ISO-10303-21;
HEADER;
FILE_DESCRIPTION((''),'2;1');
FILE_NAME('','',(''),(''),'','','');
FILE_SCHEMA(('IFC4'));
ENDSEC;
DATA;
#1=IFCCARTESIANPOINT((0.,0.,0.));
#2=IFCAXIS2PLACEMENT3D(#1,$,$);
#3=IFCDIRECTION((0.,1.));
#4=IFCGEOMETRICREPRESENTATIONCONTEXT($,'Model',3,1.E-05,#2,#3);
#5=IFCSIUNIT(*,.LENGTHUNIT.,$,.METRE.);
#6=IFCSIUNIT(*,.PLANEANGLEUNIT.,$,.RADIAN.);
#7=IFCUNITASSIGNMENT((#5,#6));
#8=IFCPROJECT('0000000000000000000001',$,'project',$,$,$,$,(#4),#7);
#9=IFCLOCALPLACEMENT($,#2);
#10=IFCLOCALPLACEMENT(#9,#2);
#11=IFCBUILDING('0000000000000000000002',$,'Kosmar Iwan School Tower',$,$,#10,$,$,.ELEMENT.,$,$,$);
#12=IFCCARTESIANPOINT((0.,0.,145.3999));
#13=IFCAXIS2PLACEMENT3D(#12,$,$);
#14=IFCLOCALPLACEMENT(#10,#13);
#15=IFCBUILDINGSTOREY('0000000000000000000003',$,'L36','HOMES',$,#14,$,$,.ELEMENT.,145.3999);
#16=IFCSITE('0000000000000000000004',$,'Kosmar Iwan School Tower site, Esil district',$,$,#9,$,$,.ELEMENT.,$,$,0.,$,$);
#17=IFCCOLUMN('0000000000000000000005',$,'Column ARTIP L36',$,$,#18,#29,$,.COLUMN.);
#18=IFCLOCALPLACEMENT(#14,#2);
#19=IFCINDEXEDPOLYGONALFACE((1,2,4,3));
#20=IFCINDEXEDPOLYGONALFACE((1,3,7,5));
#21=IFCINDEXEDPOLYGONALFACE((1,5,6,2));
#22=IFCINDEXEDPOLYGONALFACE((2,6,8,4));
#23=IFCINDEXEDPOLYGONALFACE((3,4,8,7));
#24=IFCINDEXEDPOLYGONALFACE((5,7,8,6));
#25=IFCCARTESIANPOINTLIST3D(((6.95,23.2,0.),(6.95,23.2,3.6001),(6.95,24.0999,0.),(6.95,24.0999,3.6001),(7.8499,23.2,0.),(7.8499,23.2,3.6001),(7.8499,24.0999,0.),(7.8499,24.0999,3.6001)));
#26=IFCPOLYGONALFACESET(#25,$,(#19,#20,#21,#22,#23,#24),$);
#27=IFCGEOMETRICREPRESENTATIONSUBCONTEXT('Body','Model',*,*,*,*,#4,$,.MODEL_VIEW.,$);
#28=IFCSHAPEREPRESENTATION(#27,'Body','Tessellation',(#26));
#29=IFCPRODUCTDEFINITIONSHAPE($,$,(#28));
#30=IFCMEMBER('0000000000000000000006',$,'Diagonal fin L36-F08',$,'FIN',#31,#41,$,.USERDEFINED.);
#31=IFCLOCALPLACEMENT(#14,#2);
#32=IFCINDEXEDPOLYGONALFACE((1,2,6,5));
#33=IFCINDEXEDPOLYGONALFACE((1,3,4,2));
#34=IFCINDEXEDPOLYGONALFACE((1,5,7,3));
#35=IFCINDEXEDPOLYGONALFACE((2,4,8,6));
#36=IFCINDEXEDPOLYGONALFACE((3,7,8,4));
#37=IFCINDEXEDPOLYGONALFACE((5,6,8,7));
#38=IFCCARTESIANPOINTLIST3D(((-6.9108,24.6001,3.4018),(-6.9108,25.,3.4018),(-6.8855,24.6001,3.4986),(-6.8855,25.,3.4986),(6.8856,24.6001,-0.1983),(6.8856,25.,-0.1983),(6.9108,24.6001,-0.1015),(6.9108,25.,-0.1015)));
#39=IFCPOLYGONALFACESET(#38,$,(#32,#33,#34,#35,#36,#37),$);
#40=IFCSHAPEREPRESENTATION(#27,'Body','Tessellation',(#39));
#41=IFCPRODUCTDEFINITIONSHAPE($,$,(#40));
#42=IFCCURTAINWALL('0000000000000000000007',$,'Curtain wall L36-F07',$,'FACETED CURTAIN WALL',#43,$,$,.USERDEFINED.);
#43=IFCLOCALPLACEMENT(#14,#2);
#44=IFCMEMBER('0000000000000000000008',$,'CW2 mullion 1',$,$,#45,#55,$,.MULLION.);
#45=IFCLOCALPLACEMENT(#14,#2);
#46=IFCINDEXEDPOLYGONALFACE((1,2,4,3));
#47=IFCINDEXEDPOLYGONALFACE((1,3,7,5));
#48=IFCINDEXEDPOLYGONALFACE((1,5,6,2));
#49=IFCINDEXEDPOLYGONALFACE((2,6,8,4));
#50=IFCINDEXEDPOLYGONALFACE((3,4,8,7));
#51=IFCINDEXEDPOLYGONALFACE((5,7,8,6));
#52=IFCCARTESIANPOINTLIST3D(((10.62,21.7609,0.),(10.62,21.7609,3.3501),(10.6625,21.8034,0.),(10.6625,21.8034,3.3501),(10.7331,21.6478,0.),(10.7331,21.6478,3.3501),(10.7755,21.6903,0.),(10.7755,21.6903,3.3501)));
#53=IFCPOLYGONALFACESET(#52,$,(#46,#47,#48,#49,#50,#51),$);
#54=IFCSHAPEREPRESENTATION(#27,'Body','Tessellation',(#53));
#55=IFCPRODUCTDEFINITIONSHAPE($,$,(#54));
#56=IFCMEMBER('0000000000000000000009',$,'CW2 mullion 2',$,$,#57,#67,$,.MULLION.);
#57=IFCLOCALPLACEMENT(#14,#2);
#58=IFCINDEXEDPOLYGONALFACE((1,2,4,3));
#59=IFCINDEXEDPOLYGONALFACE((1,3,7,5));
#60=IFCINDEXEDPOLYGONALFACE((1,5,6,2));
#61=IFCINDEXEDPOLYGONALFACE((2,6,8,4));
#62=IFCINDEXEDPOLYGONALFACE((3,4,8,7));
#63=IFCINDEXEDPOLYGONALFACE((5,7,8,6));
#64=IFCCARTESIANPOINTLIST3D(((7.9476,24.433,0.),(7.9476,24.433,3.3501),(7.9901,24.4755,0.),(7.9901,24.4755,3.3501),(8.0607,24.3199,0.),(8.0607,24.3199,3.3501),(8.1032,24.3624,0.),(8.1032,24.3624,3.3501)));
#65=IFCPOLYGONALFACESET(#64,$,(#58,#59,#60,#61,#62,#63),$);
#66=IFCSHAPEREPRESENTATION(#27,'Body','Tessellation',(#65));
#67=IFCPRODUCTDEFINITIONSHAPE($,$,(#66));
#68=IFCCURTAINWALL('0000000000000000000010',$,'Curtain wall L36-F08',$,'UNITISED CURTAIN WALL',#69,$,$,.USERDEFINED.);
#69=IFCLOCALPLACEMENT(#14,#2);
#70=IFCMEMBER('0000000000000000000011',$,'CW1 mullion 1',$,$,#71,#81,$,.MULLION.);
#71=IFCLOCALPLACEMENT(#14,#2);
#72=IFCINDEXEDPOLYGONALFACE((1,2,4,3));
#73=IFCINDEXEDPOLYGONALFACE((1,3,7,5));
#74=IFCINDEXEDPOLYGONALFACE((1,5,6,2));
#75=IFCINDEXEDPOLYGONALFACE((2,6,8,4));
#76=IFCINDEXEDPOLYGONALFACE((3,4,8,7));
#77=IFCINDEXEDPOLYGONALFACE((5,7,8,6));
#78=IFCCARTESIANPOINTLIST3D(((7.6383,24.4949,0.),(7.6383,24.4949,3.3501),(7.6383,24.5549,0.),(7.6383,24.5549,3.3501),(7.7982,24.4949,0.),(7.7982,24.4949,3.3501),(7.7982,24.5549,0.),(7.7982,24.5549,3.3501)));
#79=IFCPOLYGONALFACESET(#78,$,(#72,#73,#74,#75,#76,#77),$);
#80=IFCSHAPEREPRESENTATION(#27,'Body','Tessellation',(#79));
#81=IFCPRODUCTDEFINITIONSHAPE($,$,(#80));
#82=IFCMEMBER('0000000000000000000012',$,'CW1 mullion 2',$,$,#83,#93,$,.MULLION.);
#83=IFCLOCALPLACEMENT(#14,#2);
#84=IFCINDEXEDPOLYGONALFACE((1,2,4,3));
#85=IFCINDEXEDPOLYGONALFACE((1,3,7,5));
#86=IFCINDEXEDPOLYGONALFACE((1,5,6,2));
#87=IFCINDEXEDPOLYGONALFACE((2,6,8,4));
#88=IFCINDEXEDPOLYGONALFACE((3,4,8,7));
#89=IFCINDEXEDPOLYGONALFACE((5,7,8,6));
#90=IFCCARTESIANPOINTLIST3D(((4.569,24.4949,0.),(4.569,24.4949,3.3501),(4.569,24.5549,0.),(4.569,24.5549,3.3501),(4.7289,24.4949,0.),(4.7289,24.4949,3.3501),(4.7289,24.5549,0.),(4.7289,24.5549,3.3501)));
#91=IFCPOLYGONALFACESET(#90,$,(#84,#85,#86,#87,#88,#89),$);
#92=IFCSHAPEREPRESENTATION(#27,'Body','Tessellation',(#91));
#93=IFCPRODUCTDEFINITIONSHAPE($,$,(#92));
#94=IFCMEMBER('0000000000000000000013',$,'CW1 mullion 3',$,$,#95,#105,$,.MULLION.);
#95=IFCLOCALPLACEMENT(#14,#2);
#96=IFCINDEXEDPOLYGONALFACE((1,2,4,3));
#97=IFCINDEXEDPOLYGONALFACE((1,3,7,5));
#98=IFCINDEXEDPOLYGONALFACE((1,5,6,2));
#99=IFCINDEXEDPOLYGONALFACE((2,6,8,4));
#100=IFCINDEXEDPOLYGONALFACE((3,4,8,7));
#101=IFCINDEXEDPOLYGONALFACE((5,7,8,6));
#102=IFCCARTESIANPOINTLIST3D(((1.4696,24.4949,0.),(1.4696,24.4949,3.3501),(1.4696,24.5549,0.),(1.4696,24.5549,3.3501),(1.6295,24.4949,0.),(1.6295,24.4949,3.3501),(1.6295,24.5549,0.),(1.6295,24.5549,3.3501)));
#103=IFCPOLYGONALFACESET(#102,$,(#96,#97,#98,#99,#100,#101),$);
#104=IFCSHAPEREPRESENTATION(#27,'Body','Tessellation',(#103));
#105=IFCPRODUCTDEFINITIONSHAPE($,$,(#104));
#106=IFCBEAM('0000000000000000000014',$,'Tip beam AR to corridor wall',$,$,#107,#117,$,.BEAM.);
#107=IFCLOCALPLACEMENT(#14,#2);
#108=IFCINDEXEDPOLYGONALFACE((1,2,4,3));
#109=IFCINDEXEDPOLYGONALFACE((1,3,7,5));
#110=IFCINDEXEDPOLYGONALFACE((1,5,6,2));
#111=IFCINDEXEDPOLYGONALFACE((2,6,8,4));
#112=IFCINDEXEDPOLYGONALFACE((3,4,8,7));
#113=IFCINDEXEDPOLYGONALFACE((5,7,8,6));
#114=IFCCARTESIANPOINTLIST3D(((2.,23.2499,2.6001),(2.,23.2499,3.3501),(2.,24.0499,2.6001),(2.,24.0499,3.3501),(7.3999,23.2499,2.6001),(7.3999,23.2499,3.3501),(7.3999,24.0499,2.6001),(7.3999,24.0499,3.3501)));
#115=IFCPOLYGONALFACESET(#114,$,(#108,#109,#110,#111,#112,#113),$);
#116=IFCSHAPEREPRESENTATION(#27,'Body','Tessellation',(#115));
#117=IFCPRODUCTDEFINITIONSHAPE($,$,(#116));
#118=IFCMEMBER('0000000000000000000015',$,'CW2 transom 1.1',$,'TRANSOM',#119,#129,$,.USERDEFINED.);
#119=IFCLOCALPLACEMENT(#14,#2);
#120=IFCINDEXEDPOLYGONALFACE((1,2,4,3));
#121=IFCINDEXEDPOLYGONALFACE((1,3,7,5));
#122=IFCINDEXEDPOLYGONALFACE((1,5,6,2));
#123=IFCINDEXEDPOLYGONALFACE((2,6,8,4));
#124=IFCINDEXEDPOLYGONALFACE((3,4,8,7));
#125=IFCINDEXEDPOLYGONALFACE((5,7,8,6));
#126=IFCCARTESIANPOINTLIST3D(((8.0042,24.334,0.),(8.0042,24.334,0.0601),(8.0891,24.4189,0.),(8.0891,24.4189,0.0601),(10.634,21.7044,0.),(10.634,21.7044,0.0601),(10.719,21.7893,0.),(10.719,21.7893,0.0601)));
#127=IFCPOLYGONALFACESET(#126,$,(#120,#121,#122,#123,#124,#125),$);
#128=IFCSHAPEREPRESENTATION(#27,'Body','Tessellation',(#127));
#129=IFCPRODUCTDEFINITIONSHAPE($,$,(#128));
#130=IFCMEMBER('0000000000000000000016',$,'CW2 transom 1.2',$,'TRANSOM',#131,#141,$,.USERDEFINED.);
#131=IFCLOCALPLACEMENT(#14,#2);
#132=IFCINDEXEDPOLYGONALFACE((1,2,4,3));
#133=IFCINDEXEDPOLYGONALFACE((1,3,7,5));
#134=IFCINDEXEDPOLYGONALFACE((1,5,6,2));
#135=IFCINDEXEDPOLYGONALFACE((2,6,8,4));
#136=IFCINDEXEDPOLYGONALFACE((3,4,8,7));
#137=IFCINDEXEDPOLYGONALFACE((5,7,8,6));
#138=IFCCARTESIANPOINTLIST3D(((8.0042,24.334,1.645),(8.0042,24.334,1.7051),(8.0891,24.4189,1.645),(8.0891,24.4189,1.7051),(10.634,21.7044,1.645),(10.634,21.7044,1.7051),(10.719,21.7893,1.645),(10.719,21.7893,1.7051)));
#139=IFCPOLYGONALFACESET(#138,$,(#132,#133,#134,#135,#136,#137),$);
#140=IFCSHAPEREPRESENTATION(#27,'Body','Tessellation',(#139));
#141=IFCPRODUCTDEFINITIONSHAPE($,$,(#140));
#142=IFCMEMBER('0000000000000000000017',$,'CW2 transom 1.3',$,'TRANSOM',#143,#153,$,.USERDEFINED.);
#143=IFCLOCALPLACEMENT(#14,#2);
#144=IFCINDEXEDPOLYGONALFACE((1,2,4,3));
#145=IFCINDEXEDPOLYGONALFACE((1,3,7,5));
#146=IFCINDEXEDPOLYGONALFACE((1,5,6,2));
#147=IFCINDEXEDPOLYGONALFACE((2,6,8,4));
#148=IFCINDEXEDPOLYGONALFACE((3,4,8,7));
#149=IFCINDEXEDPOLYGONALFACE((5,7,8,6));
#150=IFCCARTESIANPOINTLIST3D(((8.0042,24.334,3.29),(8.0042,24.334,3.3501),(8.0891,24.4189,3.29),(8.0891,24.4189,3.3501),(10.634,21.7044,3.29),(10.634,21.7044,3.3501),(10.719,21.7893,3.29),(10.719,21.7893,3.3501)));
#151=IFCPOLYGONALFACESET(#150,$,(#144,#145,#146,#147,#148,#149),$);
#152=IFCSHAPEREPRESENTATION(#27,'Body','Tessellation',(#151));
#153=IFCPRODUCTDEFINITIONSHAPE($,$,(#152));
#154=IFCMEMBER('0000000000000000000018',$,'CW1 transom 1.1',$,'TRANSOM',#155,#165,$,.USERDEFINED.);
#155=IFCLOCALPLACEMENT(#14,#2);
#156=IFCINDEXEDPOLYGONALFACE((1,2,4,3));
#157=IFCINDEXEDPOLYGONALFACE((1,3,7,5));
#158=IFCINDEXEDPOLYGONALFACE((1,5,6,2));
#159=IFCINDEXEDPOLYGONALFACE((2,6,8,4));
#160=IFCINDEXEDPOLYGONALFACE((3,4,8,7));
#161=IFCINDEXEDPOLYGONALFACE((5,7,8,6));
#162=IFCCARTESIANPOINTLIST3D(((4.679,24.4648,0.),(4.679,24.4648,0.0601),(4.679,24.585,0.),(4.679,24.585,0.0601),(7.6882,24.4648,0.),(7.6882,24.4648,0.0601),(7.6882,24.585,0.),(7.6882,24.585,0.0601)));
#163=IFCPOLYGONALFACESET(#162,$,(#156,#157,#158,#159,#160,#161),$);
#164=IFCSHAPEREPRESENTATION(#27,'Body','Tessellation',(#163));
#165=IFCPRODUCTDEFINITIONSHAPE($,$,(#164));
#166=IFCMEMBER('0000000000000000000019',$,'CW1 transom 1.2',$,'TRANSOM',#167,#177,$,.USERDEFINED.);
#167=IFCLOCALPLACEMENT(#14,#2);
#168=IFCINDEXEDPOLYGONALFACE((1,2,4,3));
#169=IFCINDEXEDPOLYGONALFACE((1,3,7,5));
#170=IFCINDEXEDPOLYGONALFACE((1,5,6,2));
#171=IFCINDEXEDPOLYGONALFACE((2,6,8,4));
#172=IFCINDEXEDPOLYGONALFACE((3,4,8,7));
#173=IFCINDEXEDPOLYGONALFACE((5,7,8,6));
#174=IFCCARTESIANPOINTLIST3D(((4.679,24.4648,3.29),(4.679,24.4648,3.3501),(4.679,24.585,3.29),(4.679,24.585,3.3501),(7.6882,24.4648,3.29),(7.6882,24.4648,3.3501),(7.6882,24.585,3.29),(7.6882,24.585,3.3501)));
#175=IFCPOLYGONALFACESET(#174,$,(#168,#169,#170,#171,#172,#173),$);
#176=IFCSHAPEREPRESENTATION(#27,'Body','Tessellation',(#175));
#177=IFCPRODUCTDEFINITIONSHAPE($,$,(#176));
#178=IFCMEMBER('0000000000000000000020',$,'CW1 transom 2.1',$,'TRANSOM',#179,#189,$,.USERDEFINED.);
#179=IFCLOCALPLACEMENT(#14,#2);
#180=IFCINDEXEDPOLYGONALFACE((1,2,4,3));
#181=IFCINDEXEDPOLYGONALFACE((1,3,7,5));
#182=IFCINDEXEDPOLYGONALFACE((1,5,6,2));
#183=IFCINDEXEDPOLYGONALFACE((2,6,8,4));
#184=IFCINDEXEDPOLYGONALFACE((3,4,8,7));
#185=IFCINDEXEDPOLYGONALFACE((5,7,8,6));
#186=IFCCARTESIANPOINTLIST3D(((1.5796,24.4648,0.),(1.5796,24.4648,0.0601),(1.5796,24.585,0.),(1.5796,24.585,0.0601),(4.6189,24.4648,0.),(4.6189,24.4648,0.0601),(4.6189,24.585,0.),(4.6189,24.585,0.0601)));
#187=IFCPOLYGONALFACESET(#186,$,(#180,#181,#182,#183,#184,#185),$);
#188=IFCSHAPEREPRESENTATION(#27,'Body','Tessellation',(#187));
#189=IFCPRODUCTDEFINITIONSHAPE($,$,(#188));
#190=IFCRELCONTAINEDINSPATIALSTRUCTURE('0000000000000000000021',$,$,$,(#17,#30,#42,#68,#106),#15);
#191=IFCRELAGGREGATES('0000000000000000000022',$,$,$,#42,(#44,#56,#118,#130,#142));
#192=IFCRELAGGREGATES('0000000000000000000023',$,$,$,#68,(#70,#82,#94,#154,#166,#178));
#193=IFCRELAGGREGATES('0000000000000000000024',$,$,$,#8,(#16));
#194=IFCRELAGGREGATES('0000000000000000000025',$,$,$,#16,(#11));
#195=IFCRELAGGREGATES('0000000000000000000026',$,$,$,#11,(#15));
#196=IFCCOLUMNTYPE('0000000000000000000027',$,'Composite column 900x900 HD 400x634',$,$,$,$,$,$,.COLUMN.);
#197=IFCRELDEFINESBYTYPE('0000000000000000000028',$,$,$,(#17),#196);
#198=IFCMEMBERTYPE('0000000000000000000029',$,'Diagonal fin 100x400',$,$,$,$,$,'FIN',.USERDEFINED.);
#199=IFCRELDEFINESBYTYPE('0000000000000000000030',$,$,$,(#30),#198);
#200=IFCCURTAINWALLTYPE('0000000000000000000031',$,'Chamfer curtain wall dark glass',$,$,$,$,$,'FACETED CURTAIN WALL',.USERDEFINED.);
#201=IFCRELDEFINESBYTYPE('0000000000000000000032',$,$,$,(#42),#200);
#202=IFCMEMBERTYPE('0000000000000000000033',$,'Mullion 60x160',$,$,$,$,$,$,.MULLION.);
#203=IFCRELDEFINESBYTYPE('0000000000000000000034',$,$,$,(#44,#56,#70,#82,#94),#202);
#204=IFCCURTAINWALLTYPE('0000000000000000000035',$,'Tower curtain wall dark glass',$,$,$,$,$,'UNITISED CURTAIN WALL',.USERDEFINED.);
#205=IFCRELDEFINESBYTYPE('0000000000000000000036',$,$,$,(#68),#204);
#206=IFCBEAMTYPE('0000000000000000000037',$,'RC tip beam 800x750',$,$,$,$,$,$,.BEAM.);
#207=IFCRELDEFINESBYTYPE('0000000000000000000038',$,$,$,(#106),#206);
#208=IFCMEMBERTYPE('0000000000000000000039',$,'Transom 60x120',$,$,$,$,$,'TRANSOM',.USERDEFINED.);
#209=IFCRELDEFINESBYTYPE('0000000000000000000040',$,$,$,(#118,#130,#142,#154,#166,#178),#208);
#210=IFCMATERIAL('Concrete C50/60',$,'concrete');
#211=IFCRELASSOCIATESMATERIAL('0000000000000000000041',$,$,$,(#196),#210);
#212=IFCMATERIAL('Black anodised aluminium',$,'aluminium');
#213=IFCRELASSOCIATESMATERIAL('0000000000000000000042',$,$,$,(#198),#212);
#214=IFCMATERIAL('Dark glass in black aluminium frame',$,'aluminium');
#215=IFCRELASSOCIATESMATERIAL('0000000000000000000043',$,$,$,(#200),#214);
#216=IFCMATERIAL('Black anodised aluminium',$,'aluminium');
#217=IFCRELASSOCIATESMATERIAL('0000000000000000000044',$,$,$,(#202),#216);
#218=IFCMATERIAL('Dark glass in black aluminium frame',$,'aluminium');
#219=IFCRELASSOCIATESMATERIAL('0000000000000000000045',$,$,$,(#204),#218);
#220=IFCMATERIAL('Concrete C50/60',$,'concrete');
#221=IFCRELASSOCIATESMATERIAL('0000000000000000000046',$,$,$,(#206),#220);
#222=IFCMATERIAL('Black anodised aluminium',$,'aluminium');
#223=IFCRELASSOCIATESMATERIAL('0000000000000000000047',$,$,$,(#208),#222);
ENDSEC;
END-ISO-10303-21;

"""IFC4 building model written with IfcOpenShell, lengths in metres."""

from ifc_helpers import new_model, si_unit, direction, frame, origin, origin_2d, place, context, subcontext, project, spatial, rectangle, extrude, material, material_profile, profile_set, type_object, element, aggregate, save


model = new_model("IFC4")

# Units and contexts
model_context = context("Model", 3, precision=1e-05, world=origin(), true_north=direction((0.0, 1.0)))
body_context = subcontext(model_context, "Body", "Model", "MODEL_VIEW")
ifc_project = project(units=[si_unit("LENGTHUNIT", "METRE"), si_unit("PLANEANGLEUNIT", "RADIAN")], contexts=[model_context])

# Site, building, storey
site_placement = place(None, origin())
site = spatial("IfcSite", under=ifc_project, at=site_placement, Name="Kosmar Iwan School Tower site, Esil district", CompositionType="ELEMENT", RefElevation=0.0)
building_placement = place(site_placement, origin())
building = spatial("IfcBuilding", under=site, at=building_placement, Name="Kosmar Iwan School Tower", CompositionType="ELEMENT")
storey_placement = place(building_placement, frame((0.0, 0.0, 145.3999)))
storey = spatial("IfcBuildingStorey", under=building, at=storey_placement, Name="L36", Description="HOMES", CompositionType="ELEMENT", Elevation=145.3999)

# Column
ifc_material_1 = material(Name="Concrete C50/60", Category="concrete")
ifc_material_profile_1 = material_profile(ifc_material_1, rectangle(XDim=0.8999, YDim=0.8999, at=origin_2d()), Name="RC 900x900 + HD 400x634")
ifc_profile_set_1 = profile_set([ifc_material_profile_1], Name="Concrete C50/60")
column_type = type_object("IfcColumnType", Name="Composite column 900x900 HD 400x634", PredefinedType="COLUMN", material=ifc_profile_set_1)
column_placement = place(storey_placement, frame((7.3999, 23.6499, 0.0), z_axis=(0.0, 0.0, 1.0), x_axis=(0.0, 1.0, 0.0)))
element("IfcColumn", 1, at=column_placement, inside=storey, type_object=column_type, Name="Column ARTIP L36", PredefinedType="COLUMN", context=body_context, shape_type="SweptSolid", body=[
    extrude(rectangle(XDim=0.8999, YDim=0.8999, at=origin_2d()), origin(), (0.0, 0.0, 1.0), 3.6001),
])

# Member
ifc_material_2 = material(Name="Black anodised aluminium", Category="aluminium")
ifc_material_profile_2 = material_profile(ifc_material_2, rectangle(XDim=0.1001, YDim=0.3999, at=origin_2d()), Name="FIN 100x400")
ifc_profile_set_2 = profile_set([ifc_material_profile_2], Name="Black anodised aluminium")
member_type_1 = type_object("IfcMemberType", Name="Diagonal fin 100x400", ElementType="FIN", PredefinedType="USERDEFINED", material=ifc_profile_set_2)
member_1_placement = place(storey_placement, frame((6.8982, 24.8, -0.1499), z_axis=(-0.967599, 0.0, 0.25249), x_axis=(0.25249, 0.0, 0.967599)))
element("IfcMember", 2, at=member_1_placement, inside=storey, type_object=member_type_1, Name="Diagonal fin L36-F08", ObjectType="FIN", PredefinedType="USERDEFINED", context=body_context, shape_type="SweptSolid", body=[
    extrude(rectangle(XDim=0.1001, YDim=0.3999, at=origin_2d()), origin(), (0.0, 0.0, 1.0), 14.2583),
])

# Curtain walls, members
ifc_material_3 = material(Name="Dark glass in black aluminium frame", Category="aluminium")
curtain_wall_type_1 = type_object("IfcCurtainWallType", Name="Chamfer curtain wall dark glass", ElementType="FACETED CURTAIN WALL", PredefinedType="USERDEFINED", material=ifc_material_3)
curtain_wall_1_placement = place(storey_placement, origin())
curtain_wall_1 = element("IfcCurtainWall", 3, at=curtain_wall_1_placement, inside=storey, type_object=curtain_wall_type_1, Name="Curtain wall L36-F07", ObjectType="FACETED CURTAIN WALL", PredefinedType="USERDEFINED")
ifc_material_4 = material(Name="Black anodised aluminium", Category="aluminium")
ifc_material_profile_3 = material_profile(ifc_material_4, rectangle(XDim=0.0601, YDim=0.1599, at=origin_2d()), Name="MULLION 60x160")
ifc_profile_set_3 = profile_set([ifc_material_profile_3], Name="Black anodised aluminium")
member_type_2 = type_object("IfcMemberType", Name="Mullion 60x160", PredefinedType="MULLION", material=ifc_profile_set_3)
member_2_placement = place(storey_placement, frame((10.6978, 21.7256, 0.0), z_axis=(0.0, 0.0, 1.0), x_axis=(-0.707107, -0.707107, 0.0)))
member_2 = element("IfcMember", 4, at=member_2_placement, type_object=member_type_2, Name="CW2 mullion 1", PredefinedType="MULLION", context=body_context, shape_type="SweptSolid", body=[
    extrude(rectangle(XDim=0.0601, YDim=0.1599, at=origin_2d()), origin(), (0.0, 0.0, 1.0), 3.3501),
])
member_3_placement = place(storey_placement, frame((8.0254, 24.3977, 0.0), z_axis=(0.0, 0.0, 1.0), x_axis=(-0.707107, -0.707107, 0.0)))
member_3 = element("IfcMember", 5, at=member_3_placement, type_object=member_type_2, Name="CW2 mullion 2", PredefinedType="MULLION", context=body_context, shape_type="SweptSolid", body=[
    extrude(rectangle(XDim=0.0601, YDim=0.1599, at=origin_2d()), origin(), (0.0, 0.0, 1.0), 3.3501),
])
ifc_material_5 = material(Name="Dark glass in black aluminium frame", Category="aluminium")
curtain_wall_type_2 = type_object("IfcCurtainWallType", Name="Tower curtain wall dark glass", ElementType="UNITISED CURTAIN WALL", PredefinedType="USERDEFINED", material=ifc_material_5)
curtain_wall_2_placement = place(storey_placement, origin())
curtain_wall_2 = element("IfcCurtainWall", 6, at=curtain_wall_2_placement, inside=storey, type_object=curtain_wall_type_2, Name="Curtain wall L36-F08", ObjectType="UNITISED CURTAIN WALL", PredefinedType="USERDEFINED")
member_4_placement = place(storey_placement, frame((7.7183, 24.5249, 0.0), z_axis=(0.0, 0.0, 1.0), x_axis=(0.0, -1.0, 0.0)))
member_4 = element("IfcMember", 7, at=member_4_placement, type_object=member_type_2, Name="CW1 mullion 1", PredefinedType="MULLION", context=body_context, shape_type="SweptSolid", body=[
    extrude(rectangle(XDim=0.0601, YDim=0.1599, at=origin_2d()), origin(), (0.0, 0.0, 1.0), 3.3501),
])
member_5_placement = place(storey_placement, frame((4.6489, 24.5249, 0.0), z_axis=(0.0, 0.0, 1.0), x_axis=(0.0, -1.0, 0.0)))
member_5 = element("IfcMember", 8, at=member_5_placement, type_object=member_type_2, Name="CW1 mullion 2", PredefinedType="MULLION", context=body_context, shape_type="SweptSolid", body=[
    extrude(rectangle(XDim=0.0601, YDim=0.1599, at=origin_2d()), origin(), (0.0, 0.0, 1.0), 3.3501),
])
member_6_placement = place(storey_placement, frame((1.5496, 24.5249, 0.0), z_axis=(0.0, 0.0, 1.0), x_axis=(0.0, -1.0, 0.0)))
member_6 = element("IfcMember", 9, at=member_6_placement, type_object=member_type_2, Name="CW1 mullion 3", PredefinedType="MULLION", context=body_context, shape_type="SweptSolid", body=[
    extrude(rectangle(XDim=0.0601, YDim=0.1599, at=origin_2d()), origin(), (0.0, 0.0, 1.0), 3.3501),
])

# Beam
ifc_material_6 = material(Name="Concrete C50/60", Category="concrete")
ifc_material_profile_4 = material_profile(ifc_material_6, rectangle(XDim=0.8, YDim=0.75, at=origin_2d()), Name="RC 800x750")
ifc_profile_set_4 = profile_set([ifc_material_profile_4], Name="Concrete C50/60")
beam_type = type_object("IfcBeamType", Name="RC tip beam 800x750", PredefinedType="BEAM", material=ifc_profile_set_4)
beam_placement = place(storey_placement, frame((7.3999, 23.6499, 2.9751), z_axis=(-1.0, 0.0, 0.0), x_axis=(0.0, -1.0, 0.0)))
element("IfcBeam", 10, at=beam_placement, inside=storey, type_object=beam_type, Name="Tip beam AR to corridor wall", PredefinedType="BEAM", context=body_context, shape_type="SweptSolid", body=[
    extrude(rectangle(XDim=0.8, YDim=0.75, at=origin_2d()), origin(), (0.0, 0.0, 1.0), 5.3999),
])

# Members
ifc_material_7 = material(Name="Black anodised aluminium", Category="aluminium")
ifc_material_profile_5 = material_profile(ifc_material_7, rectangle(XDim=0.1201, YDim=0.0601, at=origin_2d()), Name="TRANSOM 60x120")
ifc_profile_set_5 = profile_set([ifc_material_profile_5], Name="Black anodised aluminium")
member_type_3 = type_object("IfcMemberType", Name="Transom 60x120", ElementType="TRANSOM", PredefinedType="USERDEFINED", material=ifc_profile_set_5)
member_7_placement = place(storey_placement, frame((10.6765, 21.7468, 0.03), z_axis=(-0.70714, 0.707074, 0.0), x_axis=(-0.707074, -0.70714, 0.0)))
member_7 = element("IfcMember", 11, at=member_7_placement, type_object=member_type_3, Name="CW2 transom 1.1", ObjectType="TRANSOM", PredefinedType="USERDEFINED", context=body_context, shape_type="SweptSolid", body=[
    extrude(rectangle(XDim=0.1201, YDim=0.0601, at=origin_2d()), origin(), (0.0, 0.0, 1.0), 3.719),
])
member_8_placement = place(storey_placement, frame((10.6765, 21.7468, 1.675), z_axis=(-0.70714, 0.707074, 0.0), x_axis=(-0.707074, -0.70714, 0.0)))
member_8 = element("IfcMember", 12, at=member_8_placement, type_object=member_type_3, Name="CW2 transom 1.2", ObjectType="TRANSOM", PredefinedType="USERDEFINED", context=body_context, shape_type="SweptSolid", body=[
    extrude(rectangle(XDim=0.1201, YDim=0.0601, at=origin_2d()), origin(), (0.0, 0.0, 1.0), 3.719),
])
member_9_placement = place(storey_placement, frame((10.6765, 21.7468, 3.3201), z_axis=(-0.70714, 0.707074, 0.0), x_axis=(-0.707074, -0.70714, 0.0)))
member_9 = element("IfcMember", 13, at=member_9_placement, type_object=member_type_3, Name="CW2 transom 1.3", ObjectType="TRANSOM", PredefinedType="USERDEFINED", context=body_context, shape_type="SweptSolid", body=[
    extrude(rectangle(XDim=0.1201, YDim=0.0601, at=origin_2d()), origin(), (0.0, 0.0, 1.0), 3.719),
])
member_10_placement = place(storey_placement, frame((7.6882, 24.5249, 0.03), z_axis=(-1.0, 0.0, 0.0), x_axis=(0.0, -1.0, 0.0)))
member_10 = element("IfcMember", 14, at=member_10_placement, type_object=member_type_3, Name="CW1 transom 1.1", ObjectType="TRANSOM", PredefinedType="USERDEFINED", context=body_context, shape_type="SweptSolid", body=[
    extrude(rectangle(XDim=0.1201, YDim=0.0601, at=origin_2d()), origin(), (0.0, 0.0, 1.0), 3.0093),
])
member_11_placement = place(storey_placement, frame((7.6882, 24.5249, 3.3201), z_axis=(-1.0, 0.0, 0.0), x_axis=(0.0, -1.0, 0.0)))
member_11 = element("IfcMember", 15, at=member_11_placement, type_object=member_type_3, Name="CW1 transom 1.2", ObjectType="TRANSOM", PredefinedType="USERDEFINED", context=body_context, shape_type="SweptSolid", body=[
    extrude(rectangle(XDim=0.1201, YDim=0.0601, at=origin_2d()), origin(), (0.0, 0.0, 1.0), 3.0093),
])
member_12_placement = place(storey_placement, frame((4.6189, 24.5249, 0.03), z_axis=(-1.0, 0.0, 0.0), x_axis=(0.0, -1.0, 0.0)))
member_12 = element("IfcMember", 16, at=member_12_placement, type_object=member_type_3, Name="CW1 transom 2.1", ObjectType="TRANSOM", PredefinedType="USERDEFINED", context=body_context, shape_type="SweptSolid", body=[
    extrude(rectangle(XDim=0.1201, YDim=0.0601, at=origin_2d()), origin(), (0.0, 0.0, 1.0), 3.0393),
])

aggregate(curtain_wall_1, [member_2, member_3, member_7, member_8, member_9])
aggregate(curtain_wall_2, [member_4, member_5, member_6, member_10, member_11, member_12])

save(model, "model.ifc")
